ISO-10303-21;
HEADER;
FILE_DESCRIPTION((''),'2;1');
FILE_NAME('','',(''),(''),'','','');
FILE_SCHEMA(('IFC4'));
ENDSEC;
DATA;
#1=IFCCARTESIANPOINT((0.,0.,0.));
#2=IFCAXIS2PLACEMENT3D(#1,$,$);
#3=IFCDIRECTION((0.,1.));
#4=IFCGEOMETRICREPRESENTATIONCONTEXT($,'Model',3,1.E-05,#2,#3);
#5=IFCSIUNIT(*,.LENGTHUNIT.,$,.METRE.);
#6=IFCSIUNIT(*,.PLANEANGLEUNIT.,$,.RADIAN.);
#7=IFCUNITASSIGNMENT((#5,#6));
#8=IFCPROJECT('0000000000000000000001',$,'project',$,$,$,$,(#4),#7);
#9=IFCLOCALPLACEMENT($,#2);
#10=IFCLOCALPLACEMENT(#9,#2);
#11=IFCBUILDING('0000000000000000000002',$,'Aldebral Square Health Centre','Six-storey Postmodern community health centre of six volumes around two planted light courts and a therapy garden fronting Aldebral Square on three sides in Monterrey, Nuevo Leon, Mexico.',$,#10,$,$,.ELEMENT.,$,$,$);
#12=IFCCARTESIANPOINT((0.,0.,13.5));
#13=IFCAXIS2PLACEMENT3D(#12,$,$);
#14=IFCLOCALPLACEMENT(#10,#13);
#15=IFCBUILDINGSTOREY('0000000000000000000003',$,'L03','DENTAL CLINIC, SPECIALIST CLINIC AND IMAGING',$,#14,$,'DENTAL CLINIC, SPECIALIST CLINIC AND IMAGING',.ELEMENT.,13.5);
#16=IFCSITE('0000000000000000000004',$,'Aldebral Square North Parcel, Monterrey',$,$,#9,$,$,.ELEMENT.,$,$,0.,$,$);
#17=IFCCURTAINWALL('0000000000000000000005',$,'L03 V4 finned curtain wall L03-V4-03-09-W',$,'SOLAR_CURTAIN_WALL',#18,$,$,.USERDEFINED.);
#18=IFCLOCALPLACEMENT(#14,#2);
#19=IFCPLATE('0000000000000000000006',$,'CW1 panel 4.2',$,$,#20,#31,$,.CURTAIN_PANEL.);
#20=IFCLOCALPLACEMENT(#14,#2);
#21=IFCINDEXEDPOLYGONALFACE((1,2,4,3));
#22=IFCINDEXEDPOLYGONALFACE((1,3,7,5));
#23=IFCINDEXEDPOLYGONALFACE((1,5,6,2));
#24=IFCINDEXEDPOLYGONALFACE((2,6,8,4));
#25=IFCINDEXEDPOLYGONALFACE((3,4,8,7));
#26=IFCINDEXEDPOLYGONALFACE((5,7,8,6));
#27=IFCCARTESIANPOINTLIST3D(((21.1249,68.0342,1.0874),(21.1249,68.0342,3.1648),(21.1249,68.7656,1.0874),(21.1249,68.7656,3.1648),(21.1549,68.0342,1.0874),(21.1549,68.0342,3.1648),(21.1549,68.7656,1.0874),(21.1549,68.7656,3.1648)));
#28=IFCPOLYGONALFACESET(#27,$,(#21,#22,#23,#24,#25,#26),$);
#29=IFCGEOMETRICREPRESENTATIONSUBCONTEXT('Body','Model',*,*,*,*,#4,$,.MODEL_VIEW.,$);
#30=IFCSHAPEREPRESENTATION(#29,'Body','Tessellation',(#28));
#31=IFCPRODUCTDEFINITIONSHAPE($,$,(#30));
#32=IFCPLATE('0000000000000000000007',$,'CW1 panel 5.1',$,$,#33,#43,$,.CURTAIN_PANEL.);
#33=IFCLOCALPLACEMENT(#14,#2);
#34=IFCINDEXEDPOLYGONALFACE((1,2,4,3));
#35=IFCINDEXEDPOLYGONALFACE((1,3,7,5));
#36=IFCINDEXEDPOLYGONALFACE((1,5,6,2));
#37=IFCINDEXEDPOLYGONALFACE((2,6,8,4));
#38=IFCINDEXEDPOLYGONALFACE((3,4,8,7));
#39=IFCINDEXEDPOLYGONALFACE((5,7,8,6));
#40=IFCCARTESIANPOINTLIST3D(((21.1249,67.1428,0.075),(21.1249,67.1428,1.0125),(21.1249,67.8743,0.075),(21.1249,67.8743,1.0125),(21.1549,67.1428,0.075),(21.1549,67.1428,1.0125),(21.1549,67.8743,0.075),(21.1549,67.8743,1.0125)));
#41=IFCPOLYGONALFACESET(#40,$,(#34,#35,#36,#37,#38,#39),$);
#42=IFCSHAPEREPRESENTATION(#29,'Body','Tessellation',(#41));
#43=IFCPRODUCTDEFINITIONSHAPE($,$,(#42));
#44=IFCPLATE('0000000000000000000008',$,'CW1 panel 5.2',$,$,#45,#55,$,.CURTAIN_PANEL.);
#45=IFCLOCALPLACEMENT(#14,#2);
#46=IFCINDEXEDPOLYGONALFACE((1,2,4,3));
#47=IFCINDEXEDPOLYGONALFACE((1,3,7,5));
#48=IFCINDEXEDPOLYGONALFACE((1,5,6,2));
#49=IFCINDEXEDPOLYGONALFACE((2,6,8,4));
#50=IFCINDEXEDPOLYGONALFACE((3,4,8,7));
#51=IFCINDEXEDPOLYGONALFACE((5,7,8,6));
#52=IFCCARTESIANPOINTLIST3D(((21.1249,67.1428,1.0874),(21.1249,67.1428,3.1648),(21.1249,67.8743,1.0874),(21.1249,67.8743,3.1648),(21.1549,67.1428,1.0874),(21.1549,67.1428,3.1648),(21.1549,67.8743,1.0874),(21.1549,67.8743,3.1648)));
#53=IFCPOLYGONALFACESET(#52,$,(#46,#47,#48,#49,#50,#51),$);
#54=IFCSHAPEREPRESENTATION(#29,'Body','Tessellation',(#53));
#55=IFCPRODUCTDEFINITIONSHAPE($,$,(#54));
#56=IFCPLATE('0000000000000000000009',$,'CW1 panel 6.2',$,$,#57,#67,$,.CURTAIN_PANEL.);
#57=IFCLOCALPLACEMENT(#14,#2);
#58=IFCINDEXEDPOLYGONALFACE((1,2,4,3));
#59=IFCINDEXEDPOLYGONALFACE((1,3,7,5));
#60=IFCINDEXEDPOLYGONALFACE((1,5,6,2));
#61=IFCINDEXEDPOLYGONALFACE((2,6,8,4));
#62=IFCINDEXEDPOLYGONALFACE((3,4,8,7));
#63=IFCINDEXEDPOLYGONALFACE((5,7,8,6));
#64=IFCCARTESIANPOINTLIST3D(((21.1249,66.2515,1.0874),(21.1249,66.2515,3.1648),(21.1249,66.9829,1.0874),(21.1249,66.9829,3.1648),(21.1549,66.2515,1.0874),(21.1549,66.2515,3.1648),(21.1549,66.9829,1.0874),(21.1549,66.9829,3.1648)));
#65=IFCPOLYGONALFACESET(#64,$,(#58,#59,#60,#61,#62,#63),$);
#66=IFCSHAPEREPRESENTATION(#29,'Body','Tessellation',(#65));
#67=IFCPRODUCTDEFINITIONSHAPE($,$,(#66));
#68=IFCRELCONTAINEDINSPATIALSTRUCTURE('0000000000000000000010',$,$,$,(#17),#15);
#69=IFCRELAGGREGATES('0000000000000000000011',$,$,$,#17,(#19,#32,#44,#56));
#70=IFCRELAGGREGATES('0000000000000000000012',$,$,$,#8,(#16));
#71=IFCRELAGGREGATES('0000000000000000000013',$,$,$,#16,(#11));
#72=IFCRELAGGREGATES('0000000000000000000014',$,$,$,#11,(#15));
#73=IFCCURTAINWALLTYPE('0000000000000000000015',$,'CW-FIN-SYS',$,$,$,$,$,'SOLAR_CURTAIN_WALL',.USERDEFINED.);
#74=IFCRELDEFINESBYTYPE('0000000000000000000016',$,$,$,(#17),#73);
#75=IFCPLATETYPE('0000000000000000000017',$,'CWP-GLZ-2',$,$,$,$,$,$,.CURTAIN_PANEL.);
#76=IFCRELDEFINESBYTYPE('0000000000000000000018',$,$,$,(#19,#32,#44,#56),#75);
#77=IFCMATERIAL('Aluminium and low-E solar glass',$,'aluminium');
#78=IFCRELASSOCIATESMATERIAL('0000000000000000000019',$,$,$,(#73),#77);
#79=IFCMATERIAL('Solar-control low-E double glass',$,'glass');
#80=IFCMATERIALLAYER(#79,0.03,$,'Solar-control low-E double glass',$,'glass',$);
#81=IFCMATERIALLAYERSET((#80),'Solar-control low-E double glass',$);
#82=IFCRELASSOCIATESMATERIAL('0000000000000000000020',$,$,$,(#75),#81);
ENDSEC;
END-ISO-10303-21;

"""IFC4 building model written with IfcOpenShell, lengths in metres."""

from ifc_helpers import new_model, si_unit, direction, frame, origin, origin_2d, place, context, subcontext, project, spatial, rectangle, extrude, material, layer, layer_set, type_object, element, aggregate, save


model = new_model("IFC4")

# Units and contexts
model_context = context("Model", 3, precision=1e-05, world=origin(), true_north=direction((0.0, 1.0)))
body_context = subcontext(model_context, "Body", "Model", "MODEL_VIEW")
ifc_project = project(units=[si_unit("LENGTHUNIT", "METRE"), si_unit("PLANEANGLEUNIT", "RADIAN")], contexts=[model_context])

# Site, building, storey
site_placement = place(None, origin())
site = spatial("IfcSite", under=ifc_project, at=site_placement, Name="Aldebral Square North Parcel, Monterrey", CompositionType="ELEMENT", RefElevation=0.0)
building_placement = place(site_placement, origin())
building = spatial("IfcBuilding", under=site, at=building_placement, Name="Aldebral Square Health Centre", Description="Six-storey Postmodern community health centre of six volumes around two planted light courts and a therapy garden fronting Aldebral Square on three sides in Monterrey, Nuevo Leon, Mexico.", CompositionType="ELEMENT")
storey_placement = place(building_placement, frame((0.0, 0.0, 13.5)))
storey = spatial("IfcBuildingStorey", under=building, at=storey_placement, Name="L03", Description="DENTAL CLINIC, SPECIALIST CLINIC AND IMAGING", LongName="DENTAL CLINIC, SPECIALIST CLINIC AND IMAGING", CompositionType="ELEMENT", Elevation=13.5)

# Curtain wall, plates
ifc_material_1 = material(Name="Aluminium and low-E solar glass", Category="aluminium")
curtain_wall_type = type_object("IfcCurtainWallType", Name="CW-FIN-SYS", ElementType="SOLAR_CURTAIN_WALL", PredefinedType="USERDEFINED", material=ifc_material_1)
curtain_wall_placement = place(storey_placement, origin())
curtain_wall = element("IfcCurtainWall", 1, at=curtain_wall_placement, inside=storey, type_object=curtain_wall_type, Name="L03 V4 finned curtain wall L03-V4-03-09-W", ObjectType="SOLAR_CURTAIN_WALL", PredefinedType="USERDEFINED")
ifc_material_2 = material(Name="Solar-control low-E double glass", Category="glass")
ifc_layer = layer(ifc_material_2, 0.03, Name="Solar-control low-E double glass", Category="glass")
ifc_layer_set = layer_set([ifc_layer], Name="Solar-control low-E double glass")
plate_type = type_object("IfcPlateType", Name="CWP-GLZ-2", PredefinedType="CURTAIN_PANEL", material=ifc_layer_set)
plate_1_placement = place(storey_placement, frame((21.1399, 68.3999, 1.0874), z_axis=(0.0, 0.0, 1.0), x_axis=(0.0, -1.0, 0.0)))
plate_1 = element("IfcPlate", 2, at=plate_1_placement, type_object=plate_type, Name="CW1 panel 4.2", PredefinedType="CURTAIN_PANEL", context=body_context, shape_type="SweptSolid", body=[
    extrude(rectangle(XDim=0.7314, YDim=0.03, at=origin_2d()), origin(), (0.0, 0.0, 1.0), 2.0774),
])
plate_2_placement = place(storey_placement, frame((21.1399, 67.5085, 0.075), z_axis=(0.0, 0.0, 1.0), x_axis=(0.0, -1.0, 0.0)))
plate_2 = element("IfcPlate", 3, at=plate_2_placement, type_object=plate_type, Name="CW1 panel 5.1", PredefinedType="CURTAIN_PANEL", context=body_context, shape_type="SweptSolid", body=[
    extrude(rectangle(XDim=0.7314, YDim=0.03, at=origin_2d()), origin(), (0.0, 0.0, 1.0), 0.9375),
])
plate_3_placement = place(storey_placement, frame((21.1399, 67.5085, 1.0874), z_axis=(0.0, 0.0, 1.0), x_axis=(0.0, -1.0, 0.0)))
plate_3 = element("IfcPlate", 4, at=plate_3_placement, type_object=plate_type, Name="CW1 panel 5.2", PredefinedType="CURTAIN_PANEL", context=body_context, shape_type="SweptSolid", body=[
    extrude(rectangle(XDim=0.7314, YDim=0.03, at=origin_2d()), origin(), (0.0, 0.0, 1.0), 2.0774),
])
plate_4_placement = place(storey_placement, frame((21.1399, 66.6172, 1.0874), z_axis=(0.0, 0.0, 1.0), x_axis=(0.0, -1.0, 0.0)))
plate_4 = element("IfcPlate", 5, at=plate_4_placement, type_object=plate_type, Name="CW1 panel 6.2", PredefinedType="CURTAIN_PANEL", context=body_context, shape_type="SweptSolid", body=[
    extrude(rectangle(XDim=0.7314, YDim=0.03, at=origin_2d()), origin(), (0.0, 0.0, 1.0), 2.0774),
])
aggregate(curtain_wall, [plate_1, plate_2, plate_3, plate_4])

save(model, "model.ifc")
